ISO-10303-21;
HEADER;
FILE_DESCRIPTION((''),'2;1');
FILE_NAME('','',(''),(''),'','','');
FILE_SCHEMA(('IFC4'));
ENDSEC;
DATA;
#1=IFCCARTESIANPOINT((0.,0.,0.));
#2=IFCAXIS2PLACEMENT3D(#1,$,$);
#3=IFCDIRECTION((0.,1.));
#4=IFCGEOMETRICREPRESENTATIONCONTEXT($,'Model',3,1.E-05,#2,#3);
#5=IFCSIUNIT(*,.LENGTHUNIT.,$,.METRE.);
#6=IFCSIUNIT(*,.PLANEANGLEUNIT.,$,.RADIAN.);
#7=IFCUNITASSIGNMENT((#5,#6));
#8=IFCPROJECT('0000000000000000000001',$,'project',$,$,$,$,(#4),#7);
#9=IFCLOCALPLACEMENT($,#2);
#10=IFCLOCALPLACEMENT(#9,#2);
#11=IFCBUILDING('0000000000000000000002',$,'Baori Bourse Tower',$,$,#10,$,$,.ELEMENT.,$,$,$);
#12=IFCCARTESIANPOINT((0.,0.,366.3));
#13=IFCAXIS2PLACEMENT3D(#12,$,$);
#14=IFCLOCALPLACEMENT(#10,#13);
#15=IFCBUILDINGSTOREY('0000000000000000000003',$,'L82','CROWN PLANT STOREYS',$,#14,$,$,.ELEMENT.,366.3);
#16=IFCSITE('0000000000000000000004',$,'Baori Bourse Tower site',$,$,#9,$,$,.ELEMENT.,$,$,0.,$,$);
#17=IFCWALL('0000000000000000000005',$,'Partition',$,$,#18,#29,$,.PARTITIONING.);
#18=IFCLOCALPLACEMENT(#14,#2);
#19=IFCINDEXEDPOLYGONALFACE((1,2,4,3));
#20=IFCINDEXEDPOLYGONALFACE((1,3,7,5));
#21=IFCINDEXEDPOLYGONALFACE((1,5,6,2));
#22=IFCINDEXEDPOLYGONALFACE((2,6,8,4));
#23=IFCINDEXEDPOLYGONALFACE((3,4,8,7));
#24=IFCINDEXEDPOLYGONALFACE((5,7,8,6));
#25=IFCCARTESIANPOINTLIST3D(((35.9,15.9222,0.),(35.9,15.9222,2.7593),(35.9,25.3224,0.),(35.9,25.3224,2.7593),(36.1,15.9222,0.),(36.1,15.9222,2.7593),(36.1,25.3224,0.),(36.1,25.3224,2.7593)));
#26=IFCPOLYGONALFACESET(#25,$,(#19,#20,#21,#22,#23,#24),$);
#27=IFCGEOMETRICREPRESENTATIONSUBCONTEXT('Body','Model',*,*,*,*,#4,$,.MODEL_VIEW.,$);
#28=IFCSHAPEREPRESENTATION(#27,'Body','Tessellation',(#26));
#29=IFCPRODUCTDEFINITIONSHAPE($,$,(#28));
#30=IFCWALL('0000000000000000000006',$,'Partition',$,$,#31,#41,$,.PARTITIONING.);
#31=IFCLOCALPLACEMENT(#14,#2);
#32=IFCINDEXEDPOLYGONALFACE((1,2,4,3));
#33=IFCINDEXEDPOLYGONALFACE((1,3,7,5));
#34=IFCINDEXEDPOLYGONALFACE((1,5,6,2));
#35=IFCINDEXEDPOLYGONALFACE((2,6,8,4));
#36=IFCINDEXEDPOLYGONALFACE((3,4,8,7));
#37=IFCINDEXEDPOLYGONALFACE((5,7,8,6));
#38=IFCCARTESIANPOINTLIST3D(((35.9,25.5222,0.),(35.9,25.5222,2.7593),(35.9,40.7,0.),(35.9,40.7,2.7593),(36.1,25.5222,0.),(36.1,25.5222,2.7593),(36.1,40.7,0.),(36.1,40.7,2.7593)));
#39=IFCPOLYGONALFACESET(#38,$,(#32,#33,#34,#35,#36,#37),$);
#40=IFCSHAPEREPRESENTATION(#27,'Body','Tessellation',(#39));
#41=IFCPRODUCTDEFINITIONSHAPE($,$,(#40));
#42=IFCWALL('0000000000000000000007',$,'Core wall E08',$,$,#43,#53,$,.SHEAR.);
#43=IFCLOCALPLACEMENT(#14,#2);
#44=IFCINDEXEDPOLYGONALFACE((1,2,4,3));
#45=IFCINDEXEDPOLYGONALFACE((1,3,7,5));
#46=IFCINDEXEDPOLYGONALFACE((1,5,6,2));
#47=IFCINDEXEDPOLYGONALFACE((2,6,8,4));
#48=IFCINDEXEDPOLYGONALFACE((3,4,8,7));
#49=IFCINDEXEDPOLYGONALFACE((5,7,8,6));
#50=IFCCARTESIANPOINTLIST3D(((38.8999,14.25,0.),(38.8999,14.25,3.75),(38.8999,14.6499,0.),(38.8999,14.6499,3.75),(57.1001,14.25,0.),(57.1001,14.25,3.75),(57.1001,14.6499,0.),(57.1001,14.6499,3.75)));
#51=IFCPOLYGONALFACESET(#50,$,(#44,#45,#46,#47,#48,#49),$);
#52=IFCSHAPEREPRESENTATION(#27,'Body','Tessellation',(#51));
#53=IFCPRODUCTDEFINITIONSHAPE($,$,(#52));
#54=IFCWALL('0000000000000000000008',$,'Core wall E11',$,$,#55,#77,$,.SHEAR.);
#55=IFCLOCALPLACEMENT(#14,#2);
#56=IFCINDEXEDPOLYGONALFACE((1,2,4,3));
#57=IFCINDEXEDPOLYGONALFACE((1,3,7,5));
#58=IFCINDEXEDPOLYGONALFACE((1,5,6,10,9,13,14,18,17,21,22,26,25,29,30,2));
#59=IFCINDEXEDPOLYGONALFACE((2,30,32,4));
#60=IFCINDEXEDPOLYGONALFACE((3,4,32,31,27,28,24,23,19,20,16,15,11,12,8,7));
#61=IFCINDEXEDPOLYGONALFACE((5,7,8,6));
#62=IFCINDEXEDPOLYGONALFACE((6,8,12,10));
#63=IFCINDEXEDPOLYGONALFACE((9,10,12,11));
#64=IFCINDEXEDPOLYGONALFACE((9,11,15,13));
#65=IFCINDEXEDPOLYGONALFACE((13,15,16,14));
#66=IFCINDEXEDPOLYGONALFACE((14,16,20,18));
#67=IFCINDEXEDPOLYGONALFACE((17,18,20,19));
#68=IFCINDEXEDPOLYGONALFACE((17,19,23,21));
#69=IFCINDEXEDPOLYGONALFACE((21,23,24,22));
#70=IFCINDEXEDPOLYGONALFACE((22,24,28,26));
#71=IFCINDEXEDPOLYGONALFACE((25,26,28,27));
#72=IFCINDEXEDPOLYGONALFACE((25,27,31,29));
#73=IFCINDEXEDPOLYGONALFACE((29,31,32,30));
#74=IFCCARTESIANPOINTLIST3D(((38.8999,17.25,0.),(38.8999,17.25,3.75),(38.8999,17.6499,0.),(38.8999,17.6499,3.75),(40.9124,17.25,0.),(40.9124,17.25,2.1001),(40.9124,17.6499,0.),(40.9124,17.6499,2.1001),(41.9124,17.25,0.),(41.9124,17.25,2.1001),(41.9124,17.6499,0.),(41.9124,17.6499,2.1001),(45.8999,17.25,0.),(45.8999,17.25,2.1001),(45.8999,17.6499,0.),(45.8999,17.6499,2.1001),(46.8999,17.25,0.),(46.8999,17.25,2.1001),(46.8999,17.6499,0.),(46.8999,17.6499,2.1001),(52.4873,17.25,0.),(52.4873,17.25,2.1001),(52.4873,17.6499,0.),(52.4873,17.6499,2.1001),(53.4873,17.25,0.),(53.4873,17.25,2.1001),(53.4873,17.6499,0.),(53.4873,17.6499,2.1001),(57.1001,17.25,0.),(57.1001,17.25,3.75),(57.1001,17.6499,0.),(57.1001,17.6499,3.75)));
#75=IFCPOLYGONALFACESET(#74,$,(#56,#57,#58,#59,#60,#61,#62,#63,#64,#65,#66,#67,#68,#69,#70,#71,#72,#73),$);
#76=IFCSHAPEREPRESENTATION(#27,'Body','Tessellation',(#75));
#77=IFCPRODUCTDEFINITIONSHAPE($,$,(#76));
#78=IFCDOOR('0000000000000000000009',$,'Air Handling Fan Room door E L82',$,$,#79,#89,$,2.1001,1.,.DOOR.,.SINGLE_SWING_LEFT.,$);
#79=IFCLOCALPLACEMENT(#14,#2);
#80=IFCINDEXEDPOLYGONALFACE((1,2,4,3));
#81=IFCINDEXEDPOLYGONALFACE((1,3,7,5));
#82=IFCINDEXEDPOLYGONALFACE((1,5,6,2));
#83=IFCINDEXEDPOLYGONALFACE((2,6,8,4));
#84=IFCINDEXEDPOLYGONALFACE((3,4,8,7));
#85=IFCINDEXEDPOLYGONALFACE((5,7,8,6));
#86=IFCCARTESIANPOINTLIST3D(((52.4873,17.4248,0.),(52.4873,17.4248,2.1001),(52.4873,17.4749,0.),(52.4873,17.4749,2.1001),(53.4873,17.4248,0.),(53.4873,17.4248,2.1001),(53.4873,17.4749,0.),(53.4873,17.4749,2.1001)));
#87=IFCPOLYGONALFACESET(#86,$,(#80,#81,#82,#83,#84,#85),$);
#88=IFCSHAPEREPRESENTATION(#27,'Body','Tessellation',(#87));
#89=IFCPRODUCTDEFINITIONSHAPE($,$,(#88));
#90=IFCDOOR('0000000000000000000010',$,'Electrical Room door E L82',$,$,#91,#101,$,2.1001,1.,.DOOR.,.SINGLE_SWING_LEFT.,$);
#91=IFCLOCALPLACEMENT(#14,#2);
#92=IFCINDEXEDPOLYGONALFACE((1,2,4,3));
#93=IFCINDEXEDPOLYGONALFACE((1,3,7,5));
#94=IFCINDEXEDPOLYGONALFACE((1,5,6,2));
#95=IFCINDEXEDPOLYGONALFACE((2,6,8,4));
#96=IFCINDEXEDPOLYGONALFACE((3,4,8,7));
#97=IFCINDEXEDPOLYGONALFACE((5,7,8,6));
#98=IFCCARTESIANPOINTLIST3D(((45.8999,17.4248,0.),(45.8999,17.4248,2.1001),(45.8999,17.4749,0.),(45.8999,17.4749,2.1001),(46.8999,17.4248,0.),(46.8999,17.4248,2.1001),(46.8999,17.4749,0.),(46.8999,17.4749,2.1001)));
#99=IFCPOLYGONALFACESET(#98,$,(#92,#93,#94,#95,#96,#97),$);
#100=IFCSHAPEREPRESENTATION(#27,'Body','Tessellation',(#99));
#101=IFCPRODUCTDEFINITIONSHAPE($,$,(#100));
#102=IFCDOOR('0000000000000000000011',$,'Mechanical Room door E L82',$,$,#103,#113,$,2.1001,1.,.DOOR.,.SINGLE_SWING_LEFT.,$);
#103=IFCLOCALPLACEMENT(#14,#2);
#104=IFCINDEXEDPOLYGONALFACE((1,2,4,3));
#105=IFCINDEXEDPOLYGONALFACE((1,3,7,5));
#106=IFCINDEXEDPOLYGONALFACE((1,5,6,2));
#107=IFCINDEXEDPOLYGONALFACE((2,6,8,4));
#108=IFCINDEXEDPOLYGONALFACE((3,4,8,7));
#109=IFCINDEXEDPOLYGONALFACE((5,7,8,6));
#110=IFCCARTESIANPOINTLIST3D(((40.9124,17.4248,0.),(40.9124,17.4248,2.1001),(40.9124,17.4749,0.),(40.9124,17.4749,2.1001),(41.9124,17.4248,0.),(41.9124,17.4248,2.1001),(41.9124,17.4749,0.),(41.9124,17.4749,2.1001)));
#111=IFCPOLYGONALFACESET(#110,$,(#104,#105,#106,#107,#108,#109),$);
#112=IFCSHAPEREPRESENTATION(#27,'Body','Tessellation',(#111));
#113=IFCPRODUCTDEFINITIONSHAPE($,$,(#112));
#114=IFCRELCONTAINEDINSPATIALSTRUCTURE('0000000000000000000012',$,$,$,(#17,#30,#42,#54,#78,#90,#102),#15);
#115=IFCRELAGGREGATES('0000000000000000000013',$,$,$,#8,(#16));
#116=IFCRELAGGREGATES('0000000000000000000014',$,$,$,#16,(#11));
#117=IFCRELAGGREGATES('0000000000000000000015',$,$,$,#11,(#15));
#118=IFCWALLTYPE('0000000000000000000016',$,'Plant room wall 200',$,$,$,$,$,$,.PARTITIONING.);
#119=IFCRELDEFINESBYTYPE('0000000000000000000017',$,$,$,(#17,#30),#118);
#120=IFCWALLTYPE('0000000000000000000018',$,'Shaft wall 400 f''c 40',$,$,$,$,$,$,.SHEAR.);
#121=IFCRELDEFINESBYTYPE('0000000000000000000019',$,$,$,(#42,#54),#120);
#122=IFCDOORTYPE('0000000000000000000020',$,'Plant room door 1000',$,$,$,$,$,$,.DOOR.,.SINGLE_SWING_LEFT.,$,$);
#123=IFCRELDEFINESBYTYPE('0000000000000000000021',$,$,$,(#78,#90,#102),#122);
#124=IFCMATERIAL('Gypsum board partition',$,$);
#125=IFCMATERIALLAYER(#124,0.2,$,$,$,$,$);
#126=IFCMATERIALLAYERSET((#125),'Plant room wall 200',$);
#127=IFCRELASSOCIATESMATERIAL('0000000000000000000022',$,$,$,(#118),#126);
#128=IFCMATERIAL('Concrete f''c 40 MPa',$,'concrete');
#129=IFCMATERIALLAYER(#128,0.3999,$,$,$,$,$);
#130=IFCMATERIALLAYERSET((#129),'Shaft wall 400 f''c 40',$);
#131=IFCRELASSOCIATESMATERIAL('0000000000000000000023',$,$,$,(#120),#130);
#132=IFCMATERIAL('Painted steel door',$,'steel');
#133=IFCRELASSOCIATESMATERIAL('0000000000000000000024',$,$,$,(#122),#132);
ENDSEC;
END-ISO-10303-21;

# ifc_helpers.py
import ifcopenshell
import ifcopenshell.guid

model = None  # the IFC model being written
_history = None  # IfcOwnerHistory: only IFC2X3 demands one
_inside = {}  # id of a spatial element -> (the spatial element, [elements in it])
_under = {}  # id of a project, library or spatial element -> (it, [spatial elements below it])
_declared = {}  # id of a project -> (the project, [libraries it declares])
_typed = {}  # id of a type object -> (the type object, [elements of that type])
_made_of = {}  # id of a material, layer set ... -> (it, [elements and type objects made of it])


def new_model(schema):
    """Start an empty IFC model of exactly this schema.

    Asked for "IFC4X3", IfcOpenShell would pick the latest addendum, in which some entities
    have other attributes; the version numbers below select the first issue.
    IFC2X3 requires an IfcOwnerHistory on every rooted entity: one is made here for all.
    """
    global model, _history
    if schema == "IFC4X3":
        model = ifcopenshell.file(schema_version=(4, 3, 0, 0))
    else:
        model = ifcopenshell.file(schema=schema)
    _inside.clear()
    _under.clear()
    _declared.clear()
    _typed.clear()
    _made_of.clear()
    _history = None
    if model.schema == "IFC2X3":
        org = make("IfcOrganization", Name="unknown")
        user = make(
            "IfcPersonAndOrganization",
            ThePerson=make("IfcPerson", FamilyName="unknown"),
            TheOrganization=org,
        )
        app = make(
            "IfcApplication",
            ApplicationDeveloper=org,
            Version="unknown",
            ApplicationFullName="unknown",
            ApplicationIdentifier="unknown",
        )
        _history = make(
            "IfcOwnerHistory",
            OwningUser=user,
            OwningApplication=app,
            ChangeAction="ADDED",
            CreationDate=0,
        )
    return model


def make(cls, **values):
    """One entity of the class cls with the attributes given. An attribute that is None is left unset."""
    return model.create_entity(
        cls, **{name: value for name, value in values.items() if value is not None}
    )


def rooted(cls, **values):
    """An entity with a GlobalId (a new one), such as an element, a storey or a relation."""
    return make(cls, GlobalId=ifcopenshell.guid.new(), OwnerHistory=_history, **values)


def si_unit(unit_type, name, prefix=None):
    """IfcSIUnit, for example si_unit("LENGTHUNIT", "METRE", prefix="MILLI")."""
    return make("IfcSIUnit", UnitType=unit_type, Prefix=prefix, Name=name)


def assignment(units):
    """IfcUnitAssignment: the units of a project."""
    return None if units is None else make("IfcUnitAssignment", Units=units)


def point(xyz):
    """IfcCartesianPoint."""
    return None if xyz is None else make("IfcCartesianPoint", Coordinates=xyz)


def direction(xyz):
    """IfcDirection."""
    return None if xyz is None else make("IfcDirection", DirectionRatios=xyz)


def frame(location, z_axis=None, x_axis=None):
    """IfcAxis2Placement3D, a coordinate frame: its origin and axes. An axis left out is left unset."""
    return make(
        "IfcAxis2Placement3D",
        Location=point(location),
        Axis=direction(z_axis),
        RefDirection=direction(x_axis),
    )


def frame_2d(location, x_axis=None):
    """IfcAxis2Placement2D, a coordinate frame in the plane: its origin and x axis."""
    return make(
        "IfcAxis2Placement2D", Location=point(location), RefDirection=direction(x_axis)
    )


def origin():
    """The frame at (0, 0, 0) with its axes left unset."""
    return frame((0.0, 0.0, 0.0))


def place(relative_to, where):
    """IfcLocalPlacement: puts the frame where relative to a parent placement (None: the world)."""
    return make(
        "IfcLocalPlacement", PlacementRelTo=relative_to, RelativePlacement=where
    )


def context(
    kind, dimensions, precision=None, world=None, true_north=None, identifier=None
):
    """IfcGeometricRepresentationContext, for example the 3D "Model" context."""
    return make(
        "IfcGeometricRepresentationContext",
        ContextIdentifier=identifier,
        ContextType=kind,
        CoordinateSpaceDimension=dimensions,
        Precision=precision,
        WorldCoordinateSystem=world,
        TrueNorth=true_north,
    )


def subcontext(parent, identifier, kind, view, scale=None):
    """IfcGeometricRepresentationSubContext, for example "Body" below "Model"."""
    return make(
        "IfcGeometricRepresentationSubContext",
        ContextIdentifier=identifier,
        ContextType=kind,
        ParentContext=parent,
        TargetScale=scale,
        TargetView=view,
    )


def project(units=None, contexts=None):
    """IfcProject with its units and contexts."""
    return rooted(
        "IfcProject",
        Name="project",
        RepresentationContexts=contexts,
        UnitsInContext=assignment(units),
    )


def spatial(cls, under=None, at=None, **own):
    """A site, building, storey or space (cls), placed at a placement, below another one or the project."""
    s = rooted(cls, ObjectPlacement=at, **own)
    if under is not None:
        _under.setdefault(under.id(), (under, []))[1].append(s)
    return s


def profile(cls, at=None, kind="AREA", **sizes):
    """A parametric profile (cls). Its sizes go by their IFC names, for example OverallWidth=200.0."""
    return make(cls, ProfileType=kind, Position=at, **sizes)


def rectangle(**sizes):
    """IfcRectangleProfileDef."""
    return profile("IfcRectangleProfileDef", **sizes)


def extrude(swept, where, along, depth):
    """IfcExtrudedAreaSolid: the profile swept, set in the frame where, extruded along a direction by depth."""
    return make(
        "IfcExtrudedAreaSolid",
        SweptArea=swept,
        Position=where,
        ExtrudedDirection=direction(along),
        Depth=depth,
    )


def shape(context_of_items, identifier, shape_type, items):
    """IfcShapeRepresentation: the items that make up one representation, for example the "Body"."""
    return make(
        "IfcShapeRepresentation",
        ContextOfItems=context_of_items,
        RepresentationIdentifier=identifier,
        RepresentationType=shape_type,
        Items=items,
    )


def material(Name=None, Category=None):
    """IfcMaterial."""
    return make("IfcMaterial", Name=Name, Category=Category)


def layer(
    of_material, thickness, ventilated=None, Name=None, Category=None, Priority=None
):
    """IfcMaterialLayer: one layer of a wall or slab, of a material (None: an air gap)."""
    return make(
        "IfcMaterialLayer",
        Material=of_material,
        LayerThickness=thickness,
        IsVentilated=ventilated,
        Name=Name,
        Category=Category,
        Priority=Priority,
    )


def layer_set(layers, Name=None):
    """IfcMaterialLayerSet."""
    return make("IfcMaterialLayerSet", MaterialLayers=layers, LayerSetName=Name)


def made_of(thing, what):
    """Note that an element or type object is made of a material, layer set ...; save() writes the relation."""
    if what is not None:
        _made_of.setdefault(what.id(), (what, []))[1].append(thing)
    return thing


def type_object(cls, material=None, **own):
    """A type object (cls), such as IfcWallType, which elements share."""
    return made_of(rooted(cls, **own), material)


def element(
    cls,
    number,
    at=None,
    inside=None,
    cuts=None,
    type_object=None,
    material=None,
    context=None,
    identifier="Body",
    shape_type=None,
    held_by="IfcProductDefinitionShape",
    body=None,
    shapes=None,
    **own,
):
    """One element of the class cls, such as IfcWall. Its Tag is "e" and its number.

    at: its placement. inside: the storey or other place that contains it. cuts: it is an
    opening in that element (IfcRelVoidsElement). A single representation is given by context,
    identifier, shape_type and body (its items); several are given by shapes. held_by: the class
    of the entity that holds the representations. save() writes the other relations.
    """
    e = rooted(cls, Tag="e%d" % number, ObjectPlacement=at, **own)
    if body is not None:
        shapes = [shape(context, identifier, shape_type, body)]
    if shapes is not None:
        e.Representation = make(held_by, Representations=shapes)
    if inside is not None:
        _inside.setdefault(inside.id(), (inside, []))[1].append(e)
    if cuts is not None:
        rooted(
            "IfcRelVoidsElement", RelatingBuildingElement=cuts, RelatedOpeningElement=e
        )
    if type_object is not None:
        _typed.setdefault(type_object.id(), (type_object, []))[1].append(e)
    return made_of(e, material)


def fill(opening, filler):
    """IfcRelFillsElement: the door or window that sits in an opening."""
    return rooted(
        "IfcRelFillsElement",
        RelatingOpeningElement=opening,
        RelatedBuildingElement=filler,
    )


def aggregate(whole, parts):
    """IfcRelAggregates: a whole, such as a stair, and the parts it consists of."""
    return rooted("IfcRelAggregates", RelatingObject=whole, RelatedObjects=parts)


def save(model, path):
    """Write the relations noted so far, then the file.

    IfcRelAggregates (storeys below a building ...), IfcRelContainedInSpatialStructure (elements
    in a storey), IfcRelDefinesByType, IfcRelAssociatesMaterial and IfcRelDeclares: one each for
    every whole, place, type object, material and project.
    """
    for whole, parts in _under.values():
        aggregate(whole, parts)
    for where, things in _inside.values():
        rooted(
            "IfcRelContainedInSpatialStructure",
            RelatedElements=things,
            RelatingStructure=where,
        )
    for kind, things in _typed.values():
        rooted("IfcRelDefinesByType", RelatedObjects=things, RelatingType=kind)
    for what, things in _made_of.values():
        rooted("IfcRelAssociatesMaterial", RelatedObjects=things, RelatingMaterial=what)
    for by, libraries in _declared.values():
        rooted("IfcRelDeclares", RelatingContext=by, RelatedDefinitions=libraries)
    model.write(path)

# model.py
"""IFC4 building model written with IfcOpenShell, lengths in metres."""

from ifc_helpers import new_model, si_unit, direction, frame, frame_2d, origin, place, context, subcontext, project, spatial, rectangle, extrude, material, layer, layer_set, type_object, element, fill, save


model = new_model("IFC4")

# Units and contexts
model_context = context("Model", 3, precision=1e-05, world=origin(), true_north=direction((0.0, 1.0)))
body_context = subcontext(model_context, "Body", "Model", "MODEL_VIEW")
ifc_project = project(units=[si_unit("LENGTHUNIT", "METRE"), si_unit("PLANEANGLEUNIT", "RADIAN")], contexts=[model_context])

# Site, building, storey
site_placement = place(None, origin())
site = spatial("IfcSite", under=ifc_project, at=site_placement, Name="Baori Bourse Tower site", CompositionType="ELEMENT", RefElevation=0.0)
building_placement = place(site_placement, origin())
building = spatial("IfcBuilding", under=site, at=building_placement, Name="Baori Bourse Tower", CompositionType="ELEMENT")
storey_placement = place(building_placement, frame((0.0, 0.0, 366.3)))
storey = spatial("IfcBuildingStorey", under=building, at=storey_placement, Name="L82", Description="CROWN PLANT STOREYS", CompositionType="ELEMENT", Elevation=366.3)

# Shared definitions
ifc_material_1 = material(Name="Gypsum board partition")
ifc_layer_1 = layer(ifc_material_1, 0.2)
ifc_layer_set_1 = layer_set([ifc_layer_1], Name="Plant room wall 200")
wall_type_1 = type_object("IfcWallType", Name="Plant room wall 200", PredefinedType="PARTITIONING", material=ifc_layer_set_1)

# Walls
wall_1_placement = place(storey_placement, frame((36.0, 15.9221, 0.0), z_axis=(0.0, 0.0, 1.0), x_axis=(0.0, 1.0, 0.0)))
element("IfcWall", 1, at=wall_1_placement, inside=storey, type_object=wall_type_1, Name="Partition", PredefinedType="PARTITIONING", context=body_context, shape_type="SweptSolid", body=[
    extrude(rectangle(XDim=9.4001, YDim=0.2, at=frame_2d((4.7002, 0.0))), origin(), (0.0, 0.0, 1.0), 2.7593),
])
wall_2_placement = place(storey_placement, frame((36.0, 25.5222, 0.0), z_axis=(0.0, 0.0, 1.0), x_axis=(0.0, 1.0, 0.0)))
element("IfcWall", 2, at=wall_2_placement, inside=storey, type_object=wall_type_1, Name="Partition", PredefinedType="PARTITIONING", context=body_context, shape_type="SweptSolid", body=[
    extrude(rectangle(XDim=15.1777, YDim=0.2, at=frame_2d((7.5889, 0.0))), origin(), (0.0, 0.0, 1.0), 2.7593),
])
ifc_material_2 = material(Name="Concrete f'c 40 MPa", Category="concrete")
ifc_layer_2 = layer(ifc_material_2, 0.3999)
ifc_layer_set_2 = layer_set([ifc_layer_2], Name="Shaft wall 400 f'c 40")
wall_type_2 = type_object("IfcWallType", Name="Shaft wall 400 f'c 40", PredefinedType="SHEAR", material=ifc_layer_set_2)
wall_3_placement = place(storey_placement, frame((38.8999, 14.45, 0.0), z_axis=(0.0, 0.0, 1.0), x_axis=(1.0, 0.0, 0.0)))
element("IfcWall", 3, at=wall_3_placement, inside=storey, type_object=wall_type_2, Name="Core wall E08", PredefinedType="SHEAR", context=body_context, shape_type="SweptSolid", body=[
    extrude(rectangle(XDim=18.2002, YDim=0.3999, at=frame_2d((9.1001, 0.0))), origin(), (0.0, 0.0, 1.0), 3.75),
])

# Wall, openings, doors
wall_4_placement = place(storey_placement, frame((38.8999, 17.45, 0.0), z_axis=(0.0, 0.0, 1.0), x_axis=(1.0, 0.0, 0.0)))
wall_4 = element("IfcWall", 4, at=wall_4_placement, inside=storey, type_object=wall_type_2, Name="Core wall E11", PredefinedType="SHEAR", context=body_context, shape_type="SweptSolid", body=[
    extrude(rectangle(XDim=18.2002, YDim=0.3999, at=frame_2d((9.1001, 0.0))), origin(), (0.0, 0.0, 1.0), 3.75),
])
opening_1_placement = place(wall_4_placement, frame((13.5874, 0.0, 0.0)))
opening_1 = element("IfcOpeningElement", 5, at=opening_1_placement, cuts=wall_4, PredefinedType="OPENING", context=body_context, shape_type="SweptSolid", body=[
    extrude(rectangle(XDim=1.0, YDim=2.1001, at=frame_2d((0.5, 1.05))), frame((0.0, 0.21, 0.0), z_axis=(0.0, -1.0, 0.0), x_axis=(1.0, 0.0, 0.0)), (0.0, 0.0, 1.0), 0.4199),
])
opening_2_placement = place(wall_4_placement, frame((7.0, 0.0, 0.0)))
opening_2 = element("IfcOpeningElement", 6, at=opening_2_placement, cuts=wall_4, PredefinedType="OPENING", context=body_context, shape_type="SweptSolid", body=[
    extrude(rectangle(XDim=1.0, YDim=2.1001, at=frame_2d((0.5, 1.05))), frame((0.0, 0.21, 0.0), z_axis=(0.0, -1.0, 0.0), x_axis=(1.0, 0.0, 0.0)), (0.0, 0.0, 1.0), 0.4199),
])
opening_3_placement = place(wall_4_placement, frame((2.0125, 0.0, 0.0)))
opening_3 = element("IfcOpeningElement", 7, at=opening_3_placement, cuts=wall_4, PredefinedType="OPENING", context=body_context, shape_type="SweptSolid", body=[
    extrude(rectangle(XDim=1.0, YDim=2.1001, at=frame_2d((0.5, 1.05))), frame((0.0, 0.21, 0.0), z_axis=(0.0, -1.0, 0.0), x_axis=(1.0, 0.0, 0.0)), (0.0, 0.0, 1.0), 0.4199),
])
ifc_material_3 = material(Name="Painted steel door", Category="steel")
door_type_1 = type_object("IfcDoorType", Name="Plant room door 1000", OperationType="SINGLE_SWING_LEFT", PredefinedType="DOOR", material=ifc_material_3)
door_1_placement = place(opening_1_placement, origin())
door_1 = element("IfcDoor", 8, at=door_1_placement, inside=storey, type_object=door_type_1, Name="Air Handling Fan Room door E L82", OperationType="SINGLE_SWING_LEFT", OverallHeight=2.1001, OverallWidth=1.0, PredefinedType="DOOR", context=body_context, shape_type="SweptSolid", body=[
    extrude(rectangle(XDim=1.0, YDim=2.1001, at=frame_2d((0.5, 1.05))), frame((0.0, 0.0249, 0.0), z_axis=(0.0, -1.0, 0.0), x_axis=(1.0, 0.0, 0.0)), (0.0, 0.0, 1.0), 0.05),
])
fill(opening_1, door_1)
door_2_placement = place(opening_2_placement, origin())
door_2 = element("IfcDoor", 9, at=door_2_placement, inside=storey, type_object=door_type_1, Name="Electrical Room door E L82", OperationType="SINGLE_SWING_LEFT", OverallHeight=2.1001, OverallWidth=1.0, PredefinedType="DOOR", context=body_context, shape_type="SweptSolid", body=[
    extrude(rectangle(XDim=1.0, YDim=2.1001, at=frame_2d((0.5, 1.05))), frame((0.0, 0.0249, 0.0), z_axis=(0.0, -1.0, 0.0), x_axis=(1.0, 0.0, 0.0)), (0.0, 0.0, 1.0), 0.05),
])
fill(opening_2, door_2)
door_3_placement = place(opening_3_placement, origin())
door_3 = element("IfcDoor", 10, at=door_3_placement, inside=storey, type_object=door_type_1, Name="Mechanical Room door E L82", OperationType="SINGLE_SWING_LEFT", OverallHeight=2.1001, OverallWidth=1.0, PredefinedType="DOOR", context=body_context, shape_type="SweptSolid", body=[
    extrude(rectangle(XDim=1.0, YDim=2.1001, at=frame_2d((0.5, 1.05))), frame((0.0, 0.0249, 0.0), z_axis=(0.0, -1.0, 0.0), x_axis=(1.0, 0.0, 0.0)), (0.0, 0.0, 1.0), 0.05),
])
fill(opening_3, door_3)

save(model, "model.ifc")
